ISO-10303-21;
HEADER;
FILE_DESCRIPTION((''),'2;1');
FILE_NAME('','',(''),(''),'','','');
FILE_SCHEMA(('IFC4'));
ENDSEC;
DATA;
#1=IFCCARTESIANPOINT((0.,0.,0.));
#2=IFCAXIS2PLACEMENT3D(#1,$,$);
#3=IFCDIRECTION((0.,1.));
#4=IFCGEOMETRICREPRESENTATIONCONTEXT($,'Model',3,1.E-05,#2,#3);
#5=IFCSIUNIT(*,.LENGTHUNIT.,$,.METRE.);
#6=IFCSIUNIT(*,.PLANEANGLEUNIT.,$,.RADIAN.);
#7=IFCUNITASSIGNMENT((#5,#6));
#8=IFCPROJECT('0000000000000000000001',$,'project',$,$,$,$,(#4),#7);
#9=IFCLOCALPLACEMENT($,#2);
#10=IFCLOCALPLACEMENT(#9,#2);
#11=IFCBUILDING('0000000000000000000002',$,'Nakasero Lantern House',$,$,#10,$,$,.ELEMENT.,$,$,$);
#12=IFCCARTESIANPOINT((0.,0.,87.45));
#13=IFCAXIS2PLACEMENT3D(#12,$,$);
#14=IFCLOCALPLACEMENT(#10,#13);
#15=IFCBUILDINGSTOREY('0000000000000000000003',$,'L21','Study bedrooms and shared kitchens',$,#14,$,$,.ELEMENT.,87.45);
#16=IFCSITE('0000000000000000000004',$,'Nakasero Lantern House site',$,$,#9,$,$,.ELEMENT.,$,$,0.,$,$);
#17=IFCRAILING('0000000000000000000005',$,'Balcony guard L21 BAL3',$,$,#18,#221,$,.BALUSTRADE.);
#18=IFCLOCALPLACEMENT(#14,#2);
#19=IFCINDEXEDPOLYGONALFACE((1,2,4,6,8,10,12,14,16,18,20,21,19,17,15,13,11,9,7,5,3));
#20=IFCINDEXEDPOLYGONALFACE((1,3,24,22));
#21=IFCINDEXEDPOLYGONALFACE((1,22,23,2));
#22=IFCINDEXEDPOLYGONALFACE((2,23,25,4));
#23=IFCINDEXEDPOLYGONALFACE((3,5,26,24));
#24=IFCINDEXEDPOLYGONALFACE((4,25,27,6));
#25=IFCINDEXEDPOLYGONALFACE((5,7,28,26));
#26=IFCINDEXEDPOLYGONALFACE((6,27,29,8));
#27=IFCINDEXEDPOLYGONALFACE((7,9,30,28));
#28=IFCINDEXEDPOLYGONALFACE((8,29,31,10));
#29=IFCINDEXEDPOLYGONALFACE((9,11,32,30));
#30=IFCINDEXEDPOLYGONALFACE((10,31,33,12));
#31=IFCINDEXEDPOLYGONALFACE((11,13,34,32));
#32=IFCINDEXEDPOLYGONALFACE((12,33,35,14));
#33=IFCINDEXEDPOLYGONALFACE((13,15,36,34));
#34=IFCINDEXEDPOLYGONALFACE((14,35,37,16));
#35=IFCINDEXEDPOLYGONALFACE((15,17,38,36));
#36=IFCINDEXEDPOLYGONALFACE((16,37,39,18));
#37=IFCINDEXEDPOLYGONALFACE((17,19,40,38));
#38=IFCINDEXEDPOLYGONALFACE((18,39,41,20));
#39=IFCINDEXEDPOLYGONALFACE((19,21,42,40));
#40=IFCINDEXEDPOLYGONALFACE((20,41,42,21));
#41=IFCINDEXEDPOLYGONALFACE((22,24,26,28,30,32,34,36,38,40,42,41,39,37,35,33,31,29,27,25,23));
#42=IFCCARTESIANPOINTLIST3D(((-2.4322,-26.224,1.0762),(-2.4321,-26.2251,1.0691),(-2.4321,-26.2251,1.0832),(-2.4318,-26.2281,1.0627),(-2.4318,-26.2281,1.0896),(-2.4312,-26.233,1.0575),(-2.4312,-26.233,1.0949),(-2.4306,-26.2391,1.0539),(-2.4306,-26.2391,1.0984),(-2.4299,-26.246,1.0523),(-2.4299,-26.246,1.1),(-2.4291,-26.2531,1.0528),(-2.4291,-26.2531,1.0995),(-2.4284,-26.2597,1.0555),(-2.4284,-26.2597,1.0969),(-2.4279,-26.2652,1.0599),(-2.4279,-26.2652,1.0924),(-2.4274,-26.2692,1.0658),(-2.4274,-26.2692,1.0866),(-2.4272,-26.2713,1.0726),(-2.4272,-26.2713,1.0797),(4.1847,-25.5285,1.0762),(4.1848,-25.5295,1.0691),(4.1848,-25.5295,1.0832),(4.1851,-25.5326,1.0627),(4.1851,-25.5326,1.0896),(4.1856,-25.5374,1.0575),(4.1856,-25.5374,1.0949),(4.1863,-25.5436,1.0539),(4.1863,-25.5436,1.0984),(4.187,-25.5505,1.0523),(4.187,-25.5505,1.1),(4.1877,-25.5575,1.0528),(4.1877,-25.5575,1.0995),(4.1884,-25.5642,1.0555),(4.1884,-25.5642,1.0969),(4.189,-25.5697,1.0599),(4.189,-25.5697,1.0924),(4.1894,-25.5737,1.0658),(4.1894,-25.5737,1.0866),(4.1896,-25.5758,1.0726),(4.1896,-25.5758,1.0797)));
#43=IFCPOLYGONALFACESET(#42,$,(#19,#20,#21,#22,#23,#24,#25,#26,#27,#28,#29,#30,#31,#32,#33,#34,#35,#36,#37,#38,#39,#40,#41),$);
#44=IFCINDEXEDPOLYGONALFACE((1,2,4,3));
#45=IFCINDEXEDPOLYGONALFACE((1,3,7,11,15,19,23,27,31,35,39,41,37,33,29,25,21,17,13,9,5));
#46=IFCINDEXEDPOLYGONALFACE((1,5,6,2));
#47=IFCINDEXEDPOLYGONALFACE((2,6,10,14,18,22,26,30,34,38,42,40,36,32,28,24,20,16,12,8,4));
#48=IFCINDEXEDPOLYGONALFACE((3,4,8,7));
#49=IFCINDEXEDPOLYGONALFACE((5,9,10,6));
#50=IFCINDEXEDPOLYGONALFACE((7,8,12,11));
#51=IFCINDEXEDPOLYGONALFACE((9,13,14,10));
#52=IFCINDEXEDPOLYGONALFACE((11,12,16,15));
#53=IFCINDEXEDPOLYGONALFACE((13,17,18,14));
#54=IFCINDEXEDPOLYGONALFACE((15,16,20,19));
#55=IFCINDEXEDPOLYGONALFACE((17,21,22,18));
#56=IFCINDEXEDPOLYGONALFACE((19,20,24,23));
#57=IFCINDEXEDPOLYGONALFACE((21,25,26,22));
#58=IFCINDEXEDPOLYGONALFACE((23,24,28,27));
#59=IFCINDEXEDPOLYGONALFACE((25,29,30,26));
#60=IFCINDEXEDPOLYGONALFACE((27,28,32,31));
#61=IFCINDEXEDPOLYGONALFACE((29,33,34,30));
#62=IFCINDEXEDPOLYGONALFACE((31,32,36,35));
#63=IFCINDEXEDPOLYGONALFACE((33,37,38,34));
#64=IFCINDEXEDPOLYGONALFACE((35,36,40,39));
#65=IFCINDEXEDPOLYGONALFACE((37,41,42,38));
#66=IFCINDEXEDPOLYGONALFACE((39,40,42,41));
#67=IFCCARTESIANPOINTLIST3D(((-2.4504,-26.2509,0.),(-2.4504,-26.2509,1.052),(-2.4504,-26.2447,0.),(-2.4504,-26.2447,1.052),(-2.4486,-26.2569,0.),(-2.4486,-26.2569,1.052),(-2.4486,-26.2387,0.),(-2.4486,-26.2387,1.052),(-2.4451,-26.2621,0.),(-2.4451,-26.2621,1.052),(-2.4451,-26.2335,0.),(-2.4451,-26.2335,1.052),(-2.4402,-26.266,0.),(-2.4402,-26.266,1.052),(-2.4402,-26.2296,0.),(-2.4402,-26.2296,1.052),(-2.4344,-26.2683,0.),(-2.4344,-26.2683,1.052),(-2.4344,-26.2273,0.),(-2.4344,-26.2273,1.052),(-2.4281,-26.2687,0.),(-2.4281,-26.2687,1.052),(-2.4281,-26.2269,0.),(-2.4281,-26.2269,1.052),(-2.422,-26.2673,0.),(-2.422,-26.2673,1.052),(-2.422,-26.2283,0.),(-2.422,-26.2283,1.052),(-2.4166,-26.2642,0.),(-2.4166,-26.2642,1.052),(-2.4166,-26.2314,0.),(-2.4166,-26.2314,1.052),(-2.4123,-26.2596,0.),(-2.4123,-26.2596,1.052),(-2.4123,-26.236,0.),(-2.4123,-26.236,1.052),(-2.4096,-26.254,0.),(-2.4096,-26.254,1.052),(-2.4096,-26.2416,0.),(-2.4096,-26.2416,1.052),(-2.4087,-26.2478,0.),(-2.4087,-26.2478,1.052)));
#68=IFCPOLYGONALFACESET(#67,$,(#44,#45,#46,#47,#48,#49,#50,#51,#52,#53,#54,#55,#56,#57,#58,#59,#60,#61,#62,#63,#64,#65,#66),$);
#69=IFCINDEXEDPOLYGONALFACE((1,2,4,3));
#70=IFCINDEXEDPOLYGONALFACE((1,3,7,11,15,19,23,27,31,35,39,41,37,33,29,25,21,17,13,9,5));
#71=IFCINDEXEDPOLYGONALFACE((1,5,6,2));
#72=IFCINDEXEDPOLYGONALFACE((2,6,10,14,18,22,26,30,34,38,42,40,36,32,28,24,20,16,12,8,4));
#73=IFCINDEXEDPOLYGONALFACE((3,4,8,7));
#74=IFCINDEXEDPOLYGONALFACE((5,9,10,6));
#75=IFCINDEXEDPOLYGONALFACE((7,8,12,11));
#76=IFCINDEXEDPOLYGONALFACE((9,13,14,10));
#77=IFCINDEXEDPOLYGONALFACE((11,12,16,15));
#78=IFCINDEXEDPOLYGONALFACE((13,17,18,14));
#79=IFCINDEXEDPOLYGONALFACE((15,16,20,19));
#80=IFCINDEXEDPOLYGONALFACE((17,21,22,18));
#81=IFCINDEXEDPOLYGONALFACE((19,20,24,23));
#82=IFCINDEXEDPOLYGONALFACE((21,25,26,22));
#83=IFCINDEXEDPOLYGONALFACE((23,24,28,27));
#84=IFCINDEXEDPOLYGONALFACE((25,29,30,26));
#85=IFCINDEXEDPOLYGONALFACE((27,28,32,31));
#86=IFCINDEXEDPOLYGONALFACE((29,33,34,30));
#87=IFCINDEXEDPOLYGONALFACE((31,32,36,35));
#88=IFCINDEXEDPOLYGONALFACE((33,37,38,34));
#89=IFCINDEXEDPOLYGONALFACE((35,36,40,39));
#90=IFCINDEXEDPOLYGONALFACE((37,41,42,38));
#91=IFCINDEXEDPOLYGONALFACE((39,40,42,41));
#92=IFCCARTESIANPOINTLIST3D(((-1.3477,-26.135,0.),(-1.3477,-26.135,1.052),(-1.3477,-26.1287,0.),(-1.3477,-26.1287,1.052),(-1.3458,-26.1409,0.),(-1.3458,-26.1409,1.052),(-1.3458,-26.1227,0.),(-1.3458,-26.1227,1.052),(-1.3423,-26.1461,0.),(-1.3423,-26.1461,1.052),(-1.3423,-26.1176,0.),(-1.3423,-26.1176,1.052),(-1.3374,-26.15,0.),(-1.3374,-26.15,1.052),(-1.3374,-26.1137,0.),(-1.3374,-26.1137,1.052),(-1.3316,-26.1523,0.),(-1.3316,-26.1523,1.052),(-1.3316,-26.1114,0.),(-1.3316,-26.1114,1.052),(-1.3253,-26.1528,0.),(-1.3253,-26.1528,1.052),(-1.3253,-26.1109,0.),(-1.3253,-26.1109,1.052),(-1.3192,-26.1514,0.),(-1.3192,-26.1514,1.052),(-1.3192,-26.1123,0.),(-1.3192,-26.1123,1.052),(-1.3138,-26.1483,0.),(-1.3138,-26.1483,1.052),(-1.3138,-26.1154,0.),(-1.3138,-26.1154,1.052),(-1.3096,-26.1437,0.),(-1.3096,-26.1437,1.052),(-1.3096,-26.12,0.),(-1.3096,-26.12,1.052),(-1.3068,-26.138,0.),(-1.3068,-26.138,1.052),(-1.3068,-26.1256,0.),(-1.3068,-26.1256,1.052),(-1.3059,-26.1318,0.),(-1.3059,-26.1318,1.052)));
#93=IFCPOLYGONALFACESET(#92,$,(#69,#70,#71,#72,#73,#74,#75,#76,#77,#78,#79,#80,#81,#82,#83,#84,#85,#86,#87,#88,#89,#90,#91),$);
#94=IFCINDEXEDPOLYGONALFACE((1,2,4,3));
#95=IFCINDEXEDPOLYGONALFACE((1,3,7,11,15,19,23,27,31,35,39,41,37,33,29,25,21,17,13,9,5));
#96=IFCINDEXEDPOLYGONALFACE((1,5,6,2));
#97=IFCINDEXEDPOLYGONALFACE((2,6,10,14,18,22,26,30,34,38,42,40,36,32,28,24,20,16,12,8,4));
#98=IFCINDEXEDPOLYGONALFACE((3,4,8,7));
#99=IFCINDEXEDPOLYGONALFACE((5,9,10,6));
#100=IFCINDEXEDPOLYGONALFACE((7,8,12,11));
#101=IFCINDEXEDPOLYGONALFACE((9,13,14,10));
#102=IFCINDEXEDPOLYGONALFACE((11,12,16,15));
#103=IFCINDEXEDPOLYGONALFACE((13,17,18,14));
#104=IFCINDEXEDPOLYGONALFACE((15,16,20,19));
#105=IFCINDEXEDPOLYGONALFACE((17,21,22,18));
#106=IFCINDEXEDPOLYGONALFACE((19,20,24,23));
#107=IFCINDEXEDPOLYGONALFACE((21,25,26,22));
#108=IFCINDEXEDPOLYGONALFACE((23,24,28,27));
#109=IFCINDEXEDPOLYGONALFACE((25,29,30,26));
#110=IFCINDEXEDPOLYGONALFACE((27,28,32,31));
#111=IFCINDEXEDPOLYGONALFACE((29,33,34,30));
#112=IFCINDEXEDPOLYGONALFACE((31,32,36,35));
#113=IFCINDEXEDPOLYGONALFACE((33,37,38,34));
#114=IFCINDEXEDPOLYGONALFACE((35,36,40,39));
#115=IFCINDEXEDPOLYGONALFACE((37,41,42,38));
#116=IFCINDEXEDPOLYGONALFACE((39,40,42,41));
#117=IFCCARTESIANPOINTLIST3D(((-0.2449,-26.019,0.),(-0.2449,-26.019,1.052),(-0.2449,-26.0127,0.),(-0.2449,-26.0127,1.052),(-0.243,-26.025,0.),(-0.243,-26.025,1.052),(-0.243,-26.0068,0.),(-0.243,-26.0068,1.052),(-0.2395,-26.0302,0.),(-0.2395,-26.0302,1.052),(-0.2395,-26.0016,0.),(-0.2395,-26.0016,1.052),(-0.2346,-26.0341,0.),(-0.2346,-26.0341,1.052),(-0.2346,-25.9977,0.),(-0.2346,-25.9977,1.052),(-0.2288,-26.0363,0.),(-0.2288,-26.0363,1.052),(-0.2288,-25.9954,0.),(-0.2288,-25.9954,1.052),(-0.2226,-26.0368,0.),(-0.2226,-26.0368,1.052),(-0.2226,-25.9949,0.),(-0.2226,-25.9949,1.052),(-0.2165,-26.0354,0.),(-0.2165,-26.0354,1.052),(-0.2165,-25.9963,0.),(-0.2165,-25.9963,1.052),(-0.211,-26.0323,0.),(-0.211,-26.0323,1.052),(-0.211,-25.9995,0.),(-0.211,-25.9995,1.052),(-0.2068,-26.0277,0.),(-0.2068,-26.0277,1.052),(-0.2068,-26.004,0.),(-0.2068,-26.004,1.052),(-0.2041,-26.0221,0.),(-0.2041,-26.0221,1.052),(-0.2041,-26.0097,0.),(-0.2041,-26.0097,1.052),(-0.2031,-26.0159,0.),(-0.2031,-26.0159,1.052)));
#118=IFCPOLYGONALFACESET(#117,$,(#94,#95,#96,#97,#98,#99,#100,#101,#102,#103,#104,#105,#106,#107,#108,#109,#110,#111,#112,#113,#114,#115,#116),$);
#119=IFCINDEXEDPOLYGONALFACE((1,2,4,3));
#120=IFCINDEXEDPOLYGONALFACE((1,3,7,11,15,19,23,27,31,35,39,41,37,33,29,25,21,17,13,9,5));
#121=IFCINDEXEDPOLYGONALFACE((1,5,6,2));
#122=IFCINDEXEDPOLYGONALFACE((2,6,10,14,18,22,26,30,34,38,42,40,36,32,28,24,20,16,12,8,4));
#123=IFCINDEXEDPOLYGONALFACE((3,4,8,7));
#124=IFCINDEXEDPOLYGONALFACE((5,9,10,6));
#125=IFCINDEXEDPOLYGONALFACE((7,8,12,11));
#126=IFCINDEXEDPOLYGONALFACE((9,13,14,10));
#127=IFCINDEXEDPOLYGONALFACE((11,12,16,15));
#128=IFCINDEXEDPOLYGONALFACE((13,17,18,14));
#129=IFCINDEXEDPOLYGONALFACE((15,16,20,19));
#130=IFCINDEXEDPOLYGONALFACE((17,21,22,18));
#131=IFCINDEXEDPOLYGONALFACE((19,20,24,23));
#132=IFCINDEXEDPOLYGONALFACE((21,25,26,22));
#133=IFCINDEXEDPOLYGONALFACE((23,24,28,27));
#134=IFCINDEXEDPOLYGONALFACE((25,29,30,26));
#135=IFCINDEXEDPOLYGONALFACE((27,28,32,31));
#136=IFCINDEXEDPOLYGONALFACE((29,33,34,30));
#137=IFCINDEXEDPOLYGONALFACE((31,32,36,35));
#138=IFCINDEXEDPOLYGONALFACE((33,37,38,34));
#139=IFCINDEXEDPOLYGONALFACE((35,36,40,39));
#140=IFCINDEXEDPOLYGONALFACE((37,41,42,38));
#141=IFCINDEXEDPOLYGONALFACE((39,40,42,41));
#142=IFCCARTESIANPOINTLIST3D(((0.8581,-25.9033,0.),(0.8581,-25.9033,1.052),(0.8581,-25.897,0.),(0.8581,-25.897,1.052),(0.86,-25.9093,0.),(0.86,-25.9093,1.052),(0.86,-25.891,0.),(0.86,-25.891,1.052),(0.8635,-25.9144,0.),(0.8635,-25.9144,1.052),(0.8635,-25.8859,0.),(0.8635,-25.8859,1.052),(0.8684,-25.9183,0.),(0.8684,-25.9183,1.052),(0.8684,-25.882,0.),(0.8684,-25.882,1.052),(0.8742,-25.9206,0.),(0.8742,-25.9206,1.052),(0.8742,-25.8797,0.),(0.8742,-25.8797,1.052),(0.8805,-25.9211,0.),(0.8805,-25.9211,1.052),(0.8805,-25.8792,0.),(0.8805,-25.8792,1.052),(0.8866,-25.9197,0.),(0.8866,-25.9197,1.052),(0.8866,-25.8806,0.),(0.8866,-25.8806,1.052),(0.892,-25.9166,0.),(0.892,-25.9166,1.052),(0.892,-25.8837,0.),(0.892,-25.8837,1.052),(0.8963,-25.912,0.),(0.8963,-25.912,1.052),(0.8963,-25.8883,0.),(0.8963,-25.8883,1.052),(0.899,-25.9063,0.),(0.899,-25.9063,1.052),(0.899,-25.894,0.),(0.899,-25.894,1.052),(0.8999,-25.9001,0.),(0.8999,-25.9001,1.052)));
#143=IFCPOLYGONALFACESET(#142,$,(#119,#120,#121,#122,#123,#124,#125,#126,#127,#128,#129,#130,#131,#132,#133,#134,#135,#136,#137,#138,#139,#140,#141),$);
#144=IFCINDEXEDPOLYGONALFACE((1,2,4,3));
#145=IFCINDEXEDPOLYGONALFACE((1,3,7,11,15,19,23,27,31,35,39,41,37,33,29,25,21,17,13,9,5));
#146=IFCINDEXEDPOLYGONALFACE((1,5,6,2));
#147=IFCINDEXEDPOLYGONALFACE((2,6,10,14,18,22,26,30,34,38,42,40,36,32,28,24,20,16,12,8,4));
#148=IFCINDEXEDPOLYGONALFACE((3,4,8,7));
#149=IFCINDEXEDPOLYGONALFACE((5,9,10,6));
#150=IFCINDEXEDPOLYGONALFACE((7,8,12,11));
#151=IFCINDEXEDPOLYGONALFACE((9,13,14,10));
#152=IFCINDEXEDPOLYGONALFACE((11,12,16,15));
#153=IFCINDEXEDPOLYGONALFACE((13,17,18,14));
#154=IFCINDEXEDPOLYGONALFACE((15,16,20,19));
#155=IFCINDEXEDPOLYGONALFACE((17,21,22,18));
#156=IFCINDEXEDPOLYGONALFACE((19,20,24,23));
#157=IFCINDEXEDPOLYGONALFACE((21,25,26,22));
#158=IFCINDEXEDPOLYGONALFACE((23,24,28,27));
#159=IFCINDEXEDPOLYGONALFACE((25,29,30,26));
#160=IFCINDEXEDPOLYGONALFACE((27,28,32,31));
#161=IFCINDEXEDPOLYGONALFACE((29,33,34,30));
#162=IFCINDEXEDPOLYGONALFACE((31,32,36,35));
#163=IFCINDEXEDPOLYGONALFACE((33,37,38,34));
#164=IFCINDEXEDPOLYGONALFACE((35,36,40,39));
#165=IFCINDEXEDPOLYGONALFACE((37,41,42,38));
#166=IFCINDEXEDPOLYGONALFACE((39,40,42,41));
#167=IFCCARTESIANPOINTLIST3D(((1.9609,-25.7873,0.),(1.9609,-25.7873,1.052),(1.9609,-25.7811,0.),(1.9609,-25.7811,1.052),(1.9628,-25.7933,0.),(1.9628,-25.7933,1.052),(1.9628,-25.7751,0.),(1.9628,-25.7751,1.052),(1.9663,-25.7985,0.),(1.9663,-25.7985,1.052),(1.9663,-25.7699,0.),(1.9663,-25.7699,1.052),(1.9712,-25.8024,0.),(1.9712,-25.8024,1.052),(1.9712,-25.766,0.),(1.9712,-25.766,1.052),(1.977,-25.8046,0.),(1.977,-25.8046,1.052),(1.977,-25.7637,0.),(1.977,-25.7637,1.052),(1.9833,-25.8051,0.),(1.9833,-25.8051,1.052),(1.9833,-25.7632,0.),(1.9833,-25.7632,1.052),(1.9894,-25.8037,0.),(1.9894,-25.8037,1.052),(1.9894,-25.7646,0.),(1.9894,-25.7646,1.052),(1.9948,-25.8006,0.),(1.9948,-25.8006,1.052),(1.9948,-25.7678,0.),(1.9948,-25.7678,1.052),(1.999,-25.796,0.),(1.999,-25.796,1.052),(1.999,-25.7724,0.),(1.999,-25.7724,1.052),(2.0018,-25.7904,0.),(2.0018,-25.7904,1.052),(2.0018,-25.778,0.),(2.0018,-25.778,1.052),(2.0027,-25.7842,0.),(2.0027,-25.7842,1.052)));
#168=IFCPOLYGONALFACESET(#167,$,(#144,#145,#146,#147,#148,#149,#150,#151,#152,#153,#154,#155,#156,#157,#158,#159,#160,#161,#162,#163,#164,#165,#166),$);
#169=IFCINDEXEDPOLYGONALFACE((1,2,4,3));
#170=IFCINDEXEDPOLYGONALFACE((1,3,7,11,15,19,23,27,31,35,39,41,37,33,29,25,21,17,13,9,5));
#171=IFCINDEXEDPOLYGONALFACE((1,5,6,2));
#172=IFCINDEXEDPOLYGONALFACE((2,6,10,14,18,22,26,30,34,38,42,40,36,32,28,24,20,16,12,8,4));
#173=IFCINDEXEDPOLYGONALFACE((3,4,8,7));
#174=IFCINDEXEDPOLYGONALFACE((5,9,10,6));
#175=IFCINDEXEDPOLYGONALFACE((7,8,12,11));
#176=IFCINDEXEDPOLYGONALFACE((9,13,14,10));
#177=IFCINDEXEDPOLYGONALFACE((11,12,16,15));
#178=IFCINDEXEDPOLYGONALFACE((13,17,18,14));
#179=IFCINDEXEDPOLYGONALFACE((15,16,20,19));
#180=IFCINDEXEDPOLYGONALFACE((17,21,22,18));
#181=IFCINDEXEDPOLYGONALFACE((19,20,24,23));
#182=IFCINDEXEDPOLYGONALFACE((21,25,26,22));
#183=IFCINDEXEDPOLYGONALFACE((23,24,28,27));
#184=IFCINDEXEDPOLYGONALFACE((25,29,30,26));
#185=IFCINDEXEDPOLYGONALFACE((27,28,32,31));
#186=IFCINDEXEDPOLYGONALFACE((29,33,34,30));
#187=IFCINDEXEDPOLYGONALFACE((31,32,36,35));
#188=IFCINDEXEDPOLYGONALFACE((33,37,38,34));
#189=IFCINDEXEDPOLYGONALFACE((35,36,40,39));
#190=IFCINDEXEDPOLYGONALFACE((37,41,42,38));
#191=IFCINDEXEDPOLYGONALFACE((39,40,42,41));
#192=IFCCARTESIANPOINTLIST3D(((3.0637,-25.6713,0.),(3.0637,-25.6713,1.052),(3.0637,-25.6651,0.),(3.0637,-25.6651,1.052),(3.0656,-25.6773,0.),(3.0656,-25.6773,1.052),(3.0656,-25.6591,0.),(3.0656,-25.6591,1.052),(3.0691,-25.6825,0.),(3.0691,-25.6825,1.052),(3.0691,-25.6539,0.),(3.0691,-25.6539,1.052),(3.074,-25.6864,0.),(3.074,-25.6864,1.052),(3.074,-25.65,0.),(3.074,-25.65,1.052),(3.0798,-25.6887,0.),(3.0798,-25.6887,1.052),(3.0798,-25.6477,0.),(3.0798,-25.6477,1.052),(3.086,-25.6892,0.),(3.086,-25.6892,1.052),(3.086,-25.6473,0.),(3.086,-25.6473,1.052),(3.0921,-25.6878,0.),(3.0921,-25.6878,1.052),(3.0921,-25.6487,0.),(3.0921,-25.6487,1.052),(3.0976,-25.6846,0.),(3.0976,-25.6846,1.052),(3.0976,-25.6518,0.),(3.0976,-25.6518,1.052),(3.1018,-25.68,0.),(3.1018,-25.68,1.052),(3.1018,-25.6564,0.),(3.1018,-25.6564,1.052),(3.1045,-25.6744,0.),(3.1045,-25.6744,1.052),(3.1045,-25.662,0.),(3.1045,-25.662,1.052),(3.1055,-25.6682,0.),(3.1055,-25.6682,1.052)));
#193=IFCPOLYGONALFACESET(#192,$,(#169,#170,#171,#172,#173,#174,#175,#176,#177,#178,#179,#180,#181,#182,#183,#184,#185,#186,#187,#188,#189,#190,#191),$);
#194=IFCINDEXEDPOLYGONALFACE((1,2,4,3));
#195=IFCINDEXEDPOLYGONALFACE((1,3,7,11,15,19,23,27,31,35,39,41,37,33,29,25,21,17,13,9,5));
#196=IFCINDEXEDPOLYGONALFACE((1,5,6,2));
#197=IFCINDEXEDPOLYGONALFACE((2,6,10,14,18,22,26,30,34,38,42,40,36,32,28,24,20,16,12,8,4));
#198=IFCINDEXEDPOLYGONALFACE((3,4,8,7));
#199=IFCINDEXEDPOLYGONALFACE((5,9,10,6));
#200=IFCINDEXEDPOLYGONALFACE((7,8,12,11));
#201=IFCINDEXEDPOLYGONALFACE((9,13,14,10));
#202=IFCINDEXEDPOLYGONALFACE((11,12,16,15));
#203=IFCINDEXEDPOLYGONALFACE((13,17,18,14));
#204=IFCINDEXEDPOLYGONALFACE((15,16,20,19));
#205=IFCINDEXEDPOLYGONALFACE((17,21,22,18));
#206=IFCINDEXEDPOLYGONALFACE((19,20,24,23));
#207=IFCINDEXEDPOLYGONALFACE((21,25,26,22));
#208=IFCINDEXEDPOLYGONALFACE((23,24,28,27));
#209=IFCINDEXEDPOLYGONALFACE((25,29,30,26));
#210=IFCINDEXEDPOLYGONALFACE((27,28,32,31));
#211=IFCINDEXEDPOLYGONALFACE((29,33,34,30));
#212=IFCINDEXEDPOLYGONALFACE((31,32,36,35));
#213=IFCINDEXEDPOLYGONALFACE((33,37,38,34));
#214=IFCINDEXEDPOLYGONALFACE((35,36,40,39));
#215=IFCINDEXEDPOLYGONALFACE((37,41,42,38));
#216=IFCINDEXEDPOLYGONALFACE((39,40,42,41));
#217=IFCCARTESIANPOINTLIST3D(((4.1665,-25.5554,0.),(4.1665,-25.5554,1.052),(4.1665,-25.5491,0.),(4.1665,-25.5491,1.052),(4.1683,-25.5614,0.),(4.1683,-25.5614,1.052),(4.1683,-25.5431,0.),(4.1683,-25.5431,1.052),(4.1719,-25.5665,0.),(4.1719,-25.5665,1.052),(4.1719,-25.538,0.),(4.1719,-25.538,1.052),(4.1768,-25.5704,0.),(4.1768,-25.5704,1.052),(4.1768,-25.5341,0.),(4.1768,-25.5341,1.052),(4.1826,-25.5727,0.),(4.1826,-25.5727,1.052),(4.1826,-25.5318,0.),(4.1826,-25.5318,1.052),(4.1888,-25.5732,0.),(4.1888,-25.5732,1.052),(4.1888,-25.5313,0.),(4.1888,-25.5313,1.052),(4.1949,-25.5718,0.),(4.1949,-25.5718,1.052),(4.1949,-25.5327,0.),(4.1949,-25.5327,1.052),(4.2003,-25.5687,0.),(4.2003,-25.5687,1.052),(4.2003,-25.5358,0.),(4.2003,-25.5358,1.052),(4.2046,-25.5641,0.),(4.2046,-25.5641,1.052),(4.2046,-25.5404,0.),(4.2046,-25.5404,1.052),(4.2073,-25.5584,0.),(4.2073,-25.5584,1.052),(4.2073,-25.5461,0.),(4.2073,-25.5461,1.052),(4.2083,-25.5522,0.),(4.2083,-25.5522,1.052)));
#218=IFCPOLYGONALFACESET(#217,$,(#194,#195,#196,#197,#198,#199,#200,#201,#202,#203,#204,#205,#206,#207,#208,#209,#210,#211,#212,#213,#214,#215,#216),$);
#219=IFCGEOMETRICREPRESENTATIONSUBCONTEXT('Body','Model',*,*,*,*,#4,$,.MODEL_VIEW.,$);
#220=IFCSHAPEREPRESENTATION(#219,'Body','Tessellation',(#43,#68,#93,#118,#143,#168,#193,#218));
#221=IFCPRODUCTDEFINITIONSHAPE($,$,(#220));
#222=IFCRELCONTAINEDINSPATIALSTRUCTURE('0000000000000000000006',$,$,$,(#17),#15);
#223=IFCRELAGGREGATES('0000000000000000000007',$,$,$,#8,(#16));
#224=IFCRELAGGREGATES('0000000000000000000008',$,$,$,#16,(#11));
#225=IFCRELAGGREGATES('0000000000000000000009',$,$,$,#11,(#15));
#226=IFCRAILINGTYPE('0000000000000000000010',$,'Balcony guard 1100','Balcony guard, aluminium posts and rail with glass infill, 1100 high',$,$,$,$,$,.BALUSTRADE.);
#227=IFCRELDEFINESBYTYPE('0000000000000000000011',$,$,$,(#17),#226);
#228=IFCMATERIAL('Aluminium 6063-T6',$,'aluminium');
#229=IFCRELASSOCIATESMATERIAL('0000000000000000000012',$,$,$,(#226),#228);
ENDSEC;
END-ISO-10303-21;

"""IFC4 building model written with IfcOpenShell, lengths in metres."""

from ifc_helpers import new_model, si_unit, direction, frame, origin, origin_2d, place, context, subcontext, project, spatial, circle, extrude, material, type_object, element, save


model = new_model("IFC4")

# Units and contexts
model_context = context("Model", 3, precision=1e-05, world=origin(), true_north=direction((0.0, 1.0)))
body_context = subcontext(model_context, "Body", "Model", "MODEL_VIEW")
ifc_project = project(units=[si_unit("LENGTHUNIT", "METRE"), si_unit("PLANEANGLEUNIT", "RADIAN")], contexts=[model_context])

# Site, building, storey
site_placement = place(None, origin())
site = spatial("IfcSite", under=ifc_project, at=site_placement, Name="Nakasero Lantern House site", CompositionType="ELEMENT", RefElevation=0.0)
building_placement = place(site_placement, origin())
building = spatial("IfcBuilding", under=site, at=building_placement, Name="Nakasero Lantern House", CompositionType="ELEMENT")
storey_placement = place(building_placement, frame((0.0, 0.0, 87.45)))
storey = spatial("IfcBuildingStorey", under=building, at=storey_placement, Name="L21", Description="Study bedrooms and shared kitchens", CompositionType="ELEMENT", Elevation=87.45)

# Railing
ifc_material_1 = material(Name="Aluminium 6063-T6", Category="aluminium")
railing_type = type_object("IfcRailingType", Name="Balcony guard 1100", Description="Balcony guard, aluminium posts and rail with glass infill, 1100 high", PredefinedType="BALUSTRADE", material=ifc_material_1)
railing_placement = place(storey_placement, frame((-2.4297, -26.2478, 0.0)))
element("IfcRailing", 1, at=railing_placement, inside=storey, type_object=railing_type, Name="Balcony guard L21 BAL3", PredefinedType="BALUSTRADE", context=body_context, shape_type="SweptSolid", body=[
    extrude(circle(Radius=0.0239, at=origin_2d()), frame((0.0, 0.0, 1.0762), z_axis=(0.994521, 0.104542, 0.0), x_axis=(-0.104542, 0.994521, 0.0)), (0.0, 0.0, 1.0), 6.6533),
    extrude(circle(Radius=0.021, at=origin_2d()), origin(), (0.0, 0.0, 1.0), 1.052),
    extrude(circle(Radius=0.021, at=origin_2d()), frame((1.1028, 0.116, 0.0)), (0.0, 0.0, 1.0), 1.052),
    extrude(circle(Radius=0.021, at=origin_2d()), frame((2.2056, 0.2319, 0.0)), (0.0, 0.0, 1.0), 1.052),
    extrude(circle(Radius=0.021, at=origin_2d()), frame((3.3086, 0.3477, 0.0)), (0.0, 0.0, 1.0), 1.052),
    extrude(circle(Radius=0.021, at=origin_2d()), frame((4.4114, 0.4636, 0.0)), (0.0, 0.0, 1.0), 1.052),
    extrude(circle(Radius=0.021, at=origin_2d()), frame((5.5142, 0.5796, 0.0)), (0.0, 0.0, 1.0), 1.052),
    extrude(circle(Radius=0.021, at=origin_2d()), frame((6.6169, 0.6956, 0.0)), (0.0, 0.0, 1.0), 1.052),
])

save(model, "model.ifc")
